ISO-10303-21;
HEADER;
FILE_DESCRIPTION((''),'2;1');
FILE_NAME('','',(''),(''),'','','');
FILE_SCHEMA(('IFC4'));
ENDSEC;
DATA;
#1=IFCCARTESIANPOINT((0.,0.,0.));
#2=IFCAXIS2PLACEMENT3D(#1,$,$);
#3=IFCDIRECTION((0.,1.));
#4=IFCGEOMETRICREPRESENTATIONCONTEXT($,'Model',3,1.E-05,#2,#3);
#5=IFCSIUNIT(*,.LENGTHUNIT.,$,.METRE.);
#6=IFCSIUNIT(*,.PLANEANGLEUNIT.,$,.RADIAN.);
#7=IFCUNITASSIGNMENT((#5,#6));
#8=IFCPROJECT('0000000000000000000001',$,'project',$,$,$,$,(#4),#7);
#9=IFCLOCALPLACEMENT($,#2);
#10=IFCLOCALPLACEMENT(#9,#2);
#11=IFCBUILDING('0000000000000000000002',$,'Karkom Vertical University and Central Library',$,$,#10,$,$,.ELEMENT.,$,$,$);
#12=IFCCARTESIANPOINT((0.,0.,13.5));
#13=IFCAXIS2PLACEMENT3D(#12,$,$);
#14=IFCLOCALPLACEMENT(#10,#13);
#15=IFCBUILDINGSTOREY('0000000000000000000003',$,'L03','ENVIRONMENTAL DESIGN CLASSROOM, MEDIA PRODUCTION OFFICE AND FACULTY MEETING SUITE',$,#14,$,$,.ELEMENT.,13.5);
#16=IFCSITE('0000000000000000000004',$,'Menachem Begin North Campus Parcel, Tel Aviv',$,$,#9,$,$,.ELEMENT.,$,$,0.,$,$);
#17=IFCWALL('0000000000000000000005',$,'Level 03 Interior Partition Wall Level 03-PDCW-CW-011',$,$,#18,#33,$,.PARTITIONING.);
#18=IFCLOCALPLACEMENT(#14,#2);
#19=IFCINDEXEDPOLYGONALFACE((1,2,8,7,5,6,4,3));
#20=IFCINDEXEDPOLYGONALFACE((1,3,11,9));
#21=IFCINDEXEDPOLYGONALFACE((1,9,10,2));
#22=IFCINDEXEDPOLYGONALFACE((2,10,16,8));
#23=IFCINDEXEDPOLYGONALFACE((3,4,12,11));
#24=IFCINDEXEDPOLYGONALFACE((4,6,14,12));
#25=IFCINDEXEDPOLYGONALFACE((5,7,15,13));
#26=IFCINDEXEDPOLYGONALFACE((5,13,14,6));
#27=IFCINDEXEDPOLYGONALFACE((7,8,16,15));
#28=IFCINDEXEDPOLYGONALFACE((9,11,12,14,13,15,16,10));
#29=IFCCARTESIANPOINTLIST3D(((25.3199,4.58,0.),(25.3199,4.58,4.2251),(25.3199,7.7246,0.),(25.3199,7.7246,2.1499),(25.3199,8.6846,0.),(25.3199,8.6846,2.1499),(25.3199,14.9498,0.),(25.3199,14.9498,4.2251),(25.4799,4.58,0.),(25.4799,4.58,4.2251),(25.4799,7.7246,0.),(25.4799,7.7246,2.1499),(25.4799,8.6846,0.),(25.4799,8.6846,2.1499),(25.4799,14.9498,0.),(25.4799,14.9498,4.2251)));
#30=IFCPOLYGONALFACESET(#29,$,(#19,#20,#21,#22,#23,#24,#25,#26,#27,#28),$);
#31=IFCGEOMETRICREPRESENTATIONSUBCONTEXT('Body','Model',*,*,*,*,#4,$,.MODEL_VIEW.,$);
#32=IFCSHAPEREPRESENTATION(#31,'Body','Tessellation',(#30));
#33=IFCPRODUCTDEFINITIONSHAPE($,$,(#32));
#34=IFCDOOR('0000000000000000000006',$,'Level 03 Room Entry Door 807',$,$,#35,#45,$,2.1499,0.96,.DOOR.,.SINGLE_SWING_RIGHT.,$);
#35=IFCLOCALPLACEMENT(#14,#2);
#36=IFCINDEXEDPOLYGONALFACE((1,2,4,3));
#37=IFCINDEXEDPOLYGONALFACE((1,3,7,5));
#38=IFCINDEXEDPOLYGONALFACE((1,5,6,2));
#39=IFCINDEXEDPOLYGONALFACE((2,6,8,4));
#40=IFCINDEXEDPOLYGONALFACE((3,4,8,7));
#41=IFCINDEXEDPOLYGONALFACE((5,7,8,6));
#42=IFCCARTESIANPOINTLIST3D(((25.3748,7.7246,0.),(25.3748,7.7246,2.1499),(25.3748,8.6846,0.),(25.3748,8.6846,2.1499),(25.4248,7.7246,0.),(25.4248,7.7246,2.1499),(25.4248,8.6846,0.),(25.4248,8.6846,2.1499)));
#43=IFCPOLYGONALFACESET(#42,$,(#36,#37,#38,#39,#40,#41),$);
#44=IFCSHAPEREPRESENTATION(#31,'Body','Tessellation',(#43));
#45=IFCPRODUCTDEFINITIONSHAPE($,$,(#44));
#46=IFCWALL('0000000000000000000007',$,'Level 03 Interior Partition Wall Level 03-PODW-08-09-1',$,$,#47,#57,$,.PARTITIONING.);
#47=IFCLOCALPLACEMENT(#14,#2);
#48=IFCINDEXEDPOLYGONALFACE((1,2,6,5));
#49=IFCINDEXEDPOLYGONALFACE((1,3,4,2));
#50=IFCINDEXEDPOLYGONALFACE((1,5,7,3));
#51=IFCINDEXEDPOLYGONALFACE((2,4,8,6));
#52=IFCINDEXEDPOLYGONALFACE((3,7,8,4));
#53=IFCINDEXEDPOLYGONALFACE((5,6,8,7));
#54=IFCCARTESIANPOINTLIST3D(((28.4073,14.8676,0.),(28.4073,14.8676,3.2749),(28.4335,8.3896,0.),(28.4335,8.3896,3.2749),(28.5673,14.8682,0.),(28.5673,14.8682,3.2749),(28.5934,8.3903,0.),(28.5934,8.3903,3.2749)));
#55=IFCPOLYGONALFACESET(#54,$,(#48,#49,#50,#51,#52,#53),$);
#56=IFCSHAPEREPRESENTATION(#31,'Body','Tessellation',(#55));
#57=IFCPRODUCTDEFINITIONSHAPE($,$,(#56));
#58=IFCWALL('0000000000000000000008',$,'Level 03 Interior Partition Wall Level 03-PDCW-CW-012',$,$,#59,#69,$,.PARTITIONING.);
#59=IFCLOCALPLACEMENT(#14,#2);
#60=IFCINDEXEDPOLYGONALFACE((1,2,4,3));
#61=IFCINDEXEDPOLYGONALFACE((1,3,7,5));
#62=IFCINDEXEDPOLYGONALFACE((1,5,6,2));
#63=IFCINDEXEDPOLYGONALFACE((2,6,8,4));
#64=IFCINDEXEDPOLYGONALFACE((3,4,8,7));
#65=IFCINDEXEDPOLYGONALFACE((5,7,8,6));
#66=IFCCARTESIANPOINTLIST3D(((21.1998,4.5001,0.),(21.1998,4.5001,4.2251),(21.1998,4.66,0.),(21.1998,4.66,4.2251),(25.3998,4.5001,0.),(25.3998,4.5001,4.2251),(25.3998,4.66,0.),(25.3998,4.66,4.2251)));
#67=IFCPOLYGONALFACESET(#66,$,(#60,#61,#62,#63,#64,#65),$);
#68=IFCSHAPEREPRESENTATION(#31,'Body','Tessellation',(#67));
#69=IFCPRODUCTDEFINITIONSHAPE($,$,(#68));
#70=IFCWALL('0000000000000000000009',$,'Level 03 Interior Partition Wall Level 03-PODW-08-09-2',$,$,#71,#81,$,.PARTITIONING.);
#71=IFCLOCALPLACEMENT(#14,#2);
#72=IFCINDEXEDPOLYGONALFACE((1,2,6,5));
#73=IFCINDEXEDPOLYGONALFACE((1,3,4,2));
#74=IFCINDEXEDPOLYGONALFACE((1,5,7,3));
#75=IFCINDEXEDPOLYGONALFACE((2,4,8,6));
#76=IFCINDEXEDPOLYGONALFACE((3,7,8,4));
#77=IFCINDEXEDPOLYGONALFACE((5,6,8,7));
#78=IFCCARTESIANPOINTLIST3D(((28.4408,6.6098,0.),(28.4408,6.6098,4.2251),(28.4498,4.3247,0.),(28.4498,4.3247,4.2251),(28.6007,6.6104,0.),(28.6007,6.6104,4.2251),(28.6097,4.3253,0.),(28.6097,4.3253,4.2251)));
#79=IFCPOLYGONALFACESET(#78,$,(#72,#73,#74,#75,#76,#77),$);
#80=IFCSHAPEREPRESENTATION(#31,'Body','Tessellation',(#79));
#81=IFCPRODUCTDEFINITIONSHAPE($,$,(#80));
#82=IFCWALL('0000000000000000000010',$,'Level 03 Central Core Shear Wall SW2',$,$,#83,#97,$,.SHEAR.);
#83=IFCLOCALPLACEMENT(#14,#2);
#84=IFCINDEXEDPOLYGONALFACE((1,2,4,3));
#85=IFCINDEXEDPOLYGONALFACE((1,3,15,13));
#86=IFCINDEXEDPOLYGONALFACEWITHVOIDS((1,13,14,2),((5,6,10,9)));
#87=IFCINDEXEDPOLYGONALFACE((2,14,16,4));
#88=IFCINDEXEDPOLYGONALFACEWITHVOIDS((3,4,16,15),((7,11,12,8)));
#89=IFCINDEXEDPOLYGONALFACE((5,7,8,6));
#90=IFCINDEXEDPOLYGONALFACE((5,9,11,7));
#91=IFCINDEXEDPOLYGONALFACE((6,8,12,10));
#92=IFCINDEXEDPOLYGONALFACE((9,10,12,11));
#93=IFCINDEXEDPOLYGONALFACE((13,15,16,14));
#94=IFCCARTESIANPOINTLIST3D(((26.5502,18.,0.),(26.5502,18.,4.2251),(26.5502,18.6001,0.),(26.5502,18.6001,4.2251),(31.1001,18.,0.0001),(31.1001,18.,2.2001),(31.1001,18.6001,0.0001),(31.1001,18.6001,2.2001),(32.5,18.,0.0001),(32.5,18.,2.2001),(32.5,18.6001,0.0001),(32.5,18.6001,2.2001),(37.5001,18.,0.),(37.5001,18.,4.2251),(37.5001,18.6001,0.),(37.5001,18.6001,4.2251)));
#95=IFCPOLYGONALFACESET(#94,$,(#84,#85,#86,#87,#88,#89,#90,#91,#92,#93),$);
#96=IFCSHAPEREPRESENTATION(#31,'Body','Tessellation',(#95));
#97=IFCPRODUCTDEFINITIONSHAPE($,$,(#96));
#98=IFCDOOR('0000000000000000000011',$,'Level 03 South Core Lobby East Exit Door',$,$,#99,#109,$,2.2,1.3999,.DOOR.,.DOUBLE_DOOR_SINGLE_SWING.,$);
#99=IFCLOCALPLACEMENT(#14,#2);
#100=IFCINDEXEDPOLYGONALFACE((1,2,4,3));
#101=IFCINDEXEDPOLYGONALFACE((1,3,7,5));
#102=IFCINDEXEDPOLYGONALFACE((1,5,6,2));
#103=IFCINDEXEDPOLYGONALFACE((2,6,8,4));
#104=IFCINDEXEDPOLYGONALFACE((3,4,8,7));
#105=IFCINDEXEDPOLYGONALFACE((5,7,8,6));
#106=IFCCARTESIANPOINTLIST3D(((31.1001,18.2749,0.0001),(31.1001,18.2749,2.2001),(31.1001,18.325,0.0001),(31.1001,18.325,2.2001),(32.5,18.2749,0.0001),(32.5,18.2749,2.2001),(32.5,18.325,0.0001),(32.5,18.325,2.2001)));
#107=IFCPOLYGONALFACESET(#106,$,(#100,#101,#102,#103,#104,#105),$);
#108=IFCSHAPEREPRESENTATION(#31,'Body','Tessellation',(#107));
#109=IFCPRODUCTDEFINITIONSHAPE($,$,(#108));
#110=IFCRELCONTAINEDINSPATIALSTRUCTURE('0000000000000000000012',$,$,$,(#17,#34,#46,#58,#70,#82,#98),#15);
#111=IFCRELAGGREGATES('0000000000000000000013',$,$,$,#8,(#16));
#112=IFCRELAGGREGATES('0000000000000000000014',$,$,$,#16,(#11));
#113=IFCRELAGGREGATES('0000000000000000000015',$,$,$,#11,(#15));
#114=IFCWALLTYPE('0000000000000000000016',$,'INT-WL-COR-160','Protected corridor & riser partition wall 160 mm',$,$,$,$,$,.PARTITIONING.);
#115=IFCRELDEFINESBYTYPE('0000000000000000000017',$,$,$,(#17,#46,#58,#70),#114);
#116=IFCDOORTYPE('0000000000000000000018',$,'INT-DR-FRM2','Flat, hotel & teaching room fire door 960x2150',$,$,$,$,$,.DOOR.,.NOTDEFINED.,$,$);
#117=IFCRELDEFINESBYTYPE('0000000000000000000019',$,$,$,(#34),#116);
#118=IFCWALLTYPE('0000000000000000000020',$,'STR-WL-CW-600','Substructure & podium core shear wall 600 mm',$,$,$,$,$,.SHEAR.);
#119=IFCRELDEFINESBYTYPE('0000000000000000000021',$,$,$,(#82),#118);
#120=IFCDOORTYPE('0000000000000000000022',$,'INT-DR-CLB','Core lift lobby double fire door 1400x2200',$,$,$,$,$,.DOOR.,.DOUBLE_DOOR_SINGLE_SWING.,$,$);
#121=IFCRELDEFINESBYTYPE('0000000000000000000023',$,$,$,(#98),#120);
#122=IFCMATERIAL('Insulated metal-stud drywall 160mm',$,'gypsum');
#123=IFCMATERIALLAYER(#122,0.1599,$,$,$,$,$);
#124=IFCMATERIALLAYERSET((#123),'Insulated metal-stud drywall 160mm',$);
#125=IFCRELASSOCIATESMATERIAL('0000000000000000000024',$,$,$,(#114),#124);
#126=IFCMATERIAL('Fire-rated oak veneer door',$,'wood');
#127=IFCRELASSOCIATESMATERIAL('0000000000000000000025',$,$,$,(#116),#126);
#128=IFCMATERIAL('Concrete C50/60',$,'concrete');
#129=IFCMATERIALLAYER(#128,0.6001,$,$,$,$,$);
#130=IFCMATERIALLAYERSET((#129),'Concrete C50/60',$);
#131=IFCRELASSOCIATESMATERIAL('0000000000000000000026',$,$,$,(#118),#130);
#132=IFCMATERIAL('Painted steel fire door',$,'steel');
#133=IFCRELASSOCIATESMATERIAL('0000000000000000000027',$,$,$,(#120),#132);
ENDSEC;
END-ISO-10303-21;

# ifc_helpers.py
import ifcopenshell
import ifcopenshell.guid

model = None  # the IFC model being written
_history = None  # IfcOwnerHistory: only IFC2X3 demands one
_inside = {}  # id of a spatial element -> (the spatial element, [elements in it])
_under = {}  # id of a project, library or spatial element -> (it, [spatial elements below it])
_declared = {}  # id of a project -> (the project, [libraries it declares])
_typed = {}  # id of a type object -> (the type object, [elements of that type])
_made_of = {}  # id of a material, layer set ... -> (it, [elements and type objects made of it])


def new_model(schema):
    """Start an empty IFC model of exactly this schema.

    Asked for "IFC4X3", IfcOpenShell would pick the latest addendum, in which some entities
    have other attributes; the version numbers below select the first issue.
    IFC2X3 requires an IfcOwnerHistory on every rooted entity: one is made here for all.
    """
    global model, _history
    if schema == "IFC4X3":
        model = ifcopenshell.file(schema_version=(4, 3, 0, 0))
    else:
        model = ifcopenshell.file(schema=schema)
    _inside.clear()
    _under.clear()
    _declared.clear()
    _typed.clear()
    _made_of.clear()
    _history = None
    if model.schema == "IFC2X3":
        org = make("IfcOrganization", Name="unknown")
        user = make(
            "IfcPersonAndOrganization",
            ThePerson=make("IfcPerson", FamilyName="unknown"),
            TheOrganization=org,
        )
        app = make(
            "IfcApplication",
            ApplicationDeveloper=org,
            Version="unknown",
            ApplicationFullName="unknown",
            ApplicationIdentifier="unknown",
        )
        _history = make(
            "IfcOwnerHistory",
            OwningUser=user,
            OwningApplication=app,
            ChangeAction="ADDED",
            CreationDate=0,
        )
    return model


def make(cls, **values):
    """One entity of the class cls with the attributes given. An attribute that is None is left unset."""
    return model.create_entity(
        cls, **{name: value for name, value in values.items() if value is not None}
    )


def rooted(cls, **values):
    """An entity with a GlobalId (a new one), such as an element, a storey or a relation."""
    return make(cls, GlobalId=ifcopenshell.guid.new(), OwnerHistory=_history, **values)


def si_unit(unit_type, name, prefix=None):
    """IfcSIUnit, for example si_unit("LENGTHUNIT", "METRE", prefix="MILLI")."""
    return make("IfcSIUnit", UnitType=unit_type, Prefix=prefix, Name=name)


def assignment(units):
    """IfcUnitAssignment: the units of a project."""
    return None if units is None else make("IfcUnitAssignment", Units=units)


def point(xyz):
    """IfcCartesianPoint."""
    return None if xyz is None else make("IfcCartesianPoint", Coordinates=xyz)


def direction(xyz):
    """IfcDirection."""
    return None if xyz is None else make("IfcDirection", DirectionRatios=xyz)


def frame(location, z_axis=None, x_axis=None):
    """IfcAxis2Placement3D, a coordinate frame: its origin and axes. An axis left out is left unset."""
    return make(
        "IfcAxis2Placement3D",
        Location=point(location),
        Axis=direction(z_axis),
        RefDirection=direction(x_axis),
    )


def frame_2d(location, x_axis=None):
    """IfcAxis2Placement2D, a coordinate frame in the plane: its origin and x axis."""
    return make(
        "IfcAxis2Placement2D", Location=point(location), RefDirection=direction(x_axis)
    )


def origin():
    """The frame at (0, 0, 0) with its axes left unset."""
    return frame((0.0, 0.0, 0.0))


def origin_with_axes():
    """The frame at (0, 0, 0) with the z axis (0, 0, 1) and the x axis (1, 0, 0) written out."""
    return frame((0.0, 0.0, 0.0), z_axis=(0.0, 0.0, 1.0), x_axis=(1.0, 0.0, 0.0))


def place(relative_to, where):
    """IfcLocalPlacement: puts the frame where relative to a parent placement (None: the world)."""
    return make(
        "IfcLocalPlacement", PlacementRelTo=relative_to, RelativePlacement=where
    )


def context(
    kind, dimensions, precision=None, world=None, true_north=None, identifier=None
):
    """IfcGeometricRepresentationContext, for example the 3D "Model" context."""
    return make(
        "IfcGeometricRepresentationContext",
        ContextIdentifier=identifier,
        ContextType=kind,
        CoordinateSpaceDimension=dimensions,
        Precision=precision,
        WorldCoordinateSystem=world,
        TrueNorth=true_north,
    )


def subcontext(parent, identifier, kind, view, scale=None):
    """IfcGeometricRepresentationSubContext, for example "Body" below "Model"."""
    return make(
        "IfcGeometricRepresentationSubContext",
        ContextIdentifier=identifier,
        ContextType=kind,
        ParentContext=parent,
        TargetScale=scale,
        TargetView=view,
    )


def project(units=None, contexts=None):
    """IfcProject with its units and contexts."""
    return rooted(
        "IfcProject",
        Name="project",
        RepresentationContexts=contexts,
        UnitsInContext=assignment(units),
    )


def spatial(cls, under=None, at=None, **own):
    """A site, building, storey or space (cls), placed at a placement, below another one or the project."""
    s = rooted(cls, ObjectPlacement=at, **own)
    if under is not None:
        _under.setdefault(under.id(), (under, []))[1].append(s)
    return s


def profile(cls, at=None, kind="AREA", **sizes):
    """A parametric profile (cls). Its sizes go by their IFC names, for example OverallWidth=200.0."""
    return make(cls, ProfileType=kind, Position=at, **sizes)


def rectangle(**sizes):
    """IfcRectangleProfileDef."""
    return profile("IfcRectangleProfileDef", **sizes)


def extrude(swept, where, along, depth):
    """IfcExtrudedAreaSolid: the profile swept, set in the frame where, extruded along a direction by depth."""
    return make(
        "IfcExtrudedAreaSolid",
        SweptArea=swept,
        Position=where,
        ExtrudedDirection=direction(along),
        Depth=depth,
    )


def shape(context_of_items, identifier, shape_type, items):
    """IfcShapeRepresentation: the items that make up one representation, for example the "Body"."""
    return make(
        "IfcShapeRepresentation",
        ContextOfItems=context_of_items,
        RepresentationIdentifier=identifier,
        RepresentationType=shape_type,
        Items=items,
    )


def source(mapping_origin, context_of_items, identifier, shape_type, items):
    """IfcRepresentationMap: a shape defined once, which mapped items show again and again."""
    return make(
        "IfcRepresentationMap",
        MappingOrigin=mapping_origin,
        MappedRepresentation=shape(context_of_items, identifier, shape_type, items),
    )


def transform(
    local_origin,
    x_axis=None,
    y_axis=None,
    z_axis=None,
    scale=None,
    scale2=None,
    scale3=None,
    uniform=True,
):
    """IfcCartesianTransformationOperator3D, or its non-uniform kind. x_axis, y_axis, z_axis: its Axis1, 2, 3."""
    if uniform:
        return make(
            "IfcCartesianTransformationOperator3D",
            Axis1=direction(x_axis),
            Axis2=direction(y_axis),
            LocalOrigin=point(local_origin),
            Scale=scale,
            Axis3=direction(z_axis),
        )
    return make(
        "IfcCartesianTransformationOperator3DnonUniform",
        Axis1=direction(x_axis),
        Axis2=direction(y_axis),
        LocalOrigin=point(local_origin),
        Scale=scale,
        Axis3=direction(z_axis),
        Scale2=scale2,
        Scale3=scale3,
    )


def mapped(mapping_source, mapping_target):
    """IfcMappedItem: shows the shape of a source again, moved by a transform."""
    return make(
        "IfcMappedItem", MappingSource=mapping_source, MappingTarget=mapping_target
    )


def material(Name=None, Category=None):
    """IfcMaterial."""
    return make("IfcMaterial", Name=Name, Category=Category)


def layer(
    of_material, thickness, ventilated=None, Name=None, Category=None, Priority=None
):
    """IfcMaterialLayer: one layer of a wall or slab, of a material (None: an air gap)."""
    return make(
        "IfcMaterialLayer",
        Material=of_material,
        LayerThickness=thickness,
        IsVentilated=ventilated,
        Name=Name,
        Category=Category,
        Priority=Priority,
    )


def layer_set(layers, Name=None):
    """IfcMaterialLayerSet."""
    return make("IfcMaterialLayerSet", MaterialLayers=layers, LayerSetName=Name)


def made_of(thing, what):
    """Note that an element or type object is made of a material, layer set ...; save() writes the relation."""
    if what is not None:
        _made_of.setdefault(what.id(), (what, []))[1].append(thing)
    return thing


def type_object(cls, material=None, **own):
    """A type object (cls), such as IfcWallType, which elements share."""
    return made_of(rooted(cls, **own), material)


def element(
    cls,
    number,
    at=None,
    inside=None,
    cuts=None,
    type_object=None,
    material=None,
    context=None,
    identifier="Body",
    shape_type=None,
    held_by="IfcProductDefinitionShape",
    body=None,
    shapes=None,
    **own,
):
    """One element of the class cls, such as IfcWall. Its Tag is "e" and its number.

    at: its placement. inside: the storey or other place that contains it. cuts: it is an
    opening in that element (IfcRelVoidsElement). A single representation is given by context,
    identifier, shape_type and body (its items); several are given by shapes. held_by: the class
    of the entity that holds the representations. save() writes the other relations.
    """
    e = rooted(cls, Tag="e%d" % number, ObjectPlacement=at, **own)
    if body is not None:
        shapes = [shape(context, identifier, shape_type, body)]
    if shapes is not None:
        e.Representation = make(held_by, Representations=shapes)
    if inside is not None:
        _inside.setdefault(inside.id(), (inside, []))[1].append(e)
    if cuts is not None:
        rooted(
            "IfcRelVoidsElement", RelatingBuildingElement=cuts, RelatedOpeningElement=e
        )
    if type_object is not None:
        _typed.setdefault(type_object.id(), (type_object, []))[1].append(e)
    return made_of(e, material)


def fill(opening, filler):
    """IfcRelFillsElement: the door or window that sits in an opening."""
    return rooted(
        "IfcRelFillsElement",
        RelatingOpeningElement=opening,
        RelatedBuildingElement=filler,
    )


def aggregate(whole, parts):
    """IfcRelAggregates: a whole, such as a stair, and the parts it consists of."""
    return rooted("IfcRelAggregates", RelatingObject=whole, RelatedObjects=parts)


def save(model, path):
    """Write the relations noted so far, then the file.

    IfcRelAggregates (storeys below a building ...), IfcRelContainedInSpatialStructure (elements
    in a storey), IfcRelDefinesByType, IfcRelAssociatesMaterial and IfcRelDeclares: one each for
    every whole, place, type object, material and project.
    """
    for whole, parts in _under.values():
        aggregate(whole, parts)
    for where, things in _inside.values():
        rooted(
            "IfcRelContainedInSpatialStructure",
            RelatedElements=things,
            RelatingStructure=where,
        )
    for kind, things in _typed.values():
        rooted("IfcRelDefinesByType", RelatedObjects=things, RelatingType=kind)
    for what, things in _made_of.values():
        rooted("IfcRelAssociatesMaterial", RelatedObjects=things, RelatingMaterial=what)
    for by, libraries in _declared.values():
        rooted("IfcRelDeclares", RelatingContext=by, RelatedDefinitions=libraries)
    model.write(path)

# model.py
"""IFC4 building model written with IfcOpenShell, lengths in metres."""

from ifc_helpers import new_model, si_unit, direction, frame, frame_2d, origin, origin_with_axes, place, context, subcontext, project, spatial, rectangle, extrude, source, transform, mapped, material, layer, layer_set, type_object, element, fill, save


model = new_model("IFC4")

# Units and contexts
model_context = context("Model", 3, precision=1e-05, world=origin(), true_north=direction((0.0, 1.0)))
body_context = subcontext(model_context, "Body", "Model", "MODEL_VIEW")
ifc_project = project(units=[si_unit("LENGTHUNIT", "METRE"), si_unit("PLANEANGLEUNIT", "RADIAN")], contexts=[model_context])

# Site, building, storey
site_placement = place(None, origin())
site = spatial("IfcSite", under=ifc_project, at=site_placement, Name="Menachem Begin North Campus Parcel, Tel Aviv", CompositionType="ELEMENT", RefElevation=0.0)
building_placement = place(site_placement, origin())
building = spatial("IfcBuilding", under=site, at=building_placement, Name="Karkom Vertical University and Central Library", CompositionType="ELEMENT")
storey_placement = place(building_placement, frame((0.0, 0.0, 13.5)))
storey = spatial("IfcBuildingStorey", under=building, at=storey_placement, Name="L03", Description="ENVIRONMENTAL DESIGN CLASSROOM, MEDIA PRODUCTION OFFICE AND FACULTY MEETING SUITE", CompositionType="ELEMENT", Elevation=13.5)

# Shared definitions
ifc_material_1 = material(Name="Concrete C50/60", Category="concrete")

# Shared definitions
ifc_material_2 = material(Name="Insulated metal-stud drywall 160mm", Category="gypsum")
ifc_layer_1 = layer(ifc_material_2, 0.1599)
ifc_layer_set_1 = layer_set([ifc_layer_1], Name="Insulated metal-stud drywall 160mm")
wall_type_1 = type_object("IfcWallType", Name="INT-WL-COR-160", Description="Protected corridor & riser partition wall 160 mm", PredefinedType="PARTITIONING", material=ifc_layer_set_1)

# Wall, opening, door
ifc_material_3 = material(Name="Fire-rated oak veneer door", Category="wood")
door_type_1 = type_object("IfcDoorType", Name="INT-DR-FRM2", Description="Flat, hotel & teaching room fire door 960x2150", OperationType="NOTDEFINED", PredefinedType="DOOR", material=ifc_material_3)
shared_shape_1 = source(origin_with_axes(), body_context, "Body", "SweptSolid", [
    extrude(rectangle(XDim=0.96, YDim=2.1499, at=frame_2d((0.48, 1.075))), frame((0.0, 0.0249, 0.0), z_axis=(0.0, -1.0, 0.0), x_axis=(1.0, 0.0, 0.0)), (0.0, 0.0, 1.0), 0.05),
])
wall_1_placement = place(storey_placement, frame((25.3999, 14.95, 0.0), z_axis=(0.0, 0.0, 1.0), x_axis=(0.0, -1.0, 0.0)))
wall_1 = element("IfcWall", 1, at=wall_1_placement, inside=storey, type_object=wall_type_1, Name="Level 03 Interior Partition Wall Level 03-PDCW-CW-011", PredefinedType="PARTITIONING", context=body_context, shape_type="SweptSolid", body=[
    extrude(rectangle(XDim=10.3699, YDim=0.1599, at=frame_2d((5.1851, 0.0))), origin(), (0.0, 0.0, 1.0), 4.2251),
])
opening_1_placement = place(wall_1_placement, frame((6.2654, 0.0, 0.0)))
opening_1 = element("IfcOpeningElement", 2, at=opening_1_placement, cuts=wall_1, PredefinedType="OPENING", context=body_context, shape_type="SweptSolid", body=[
    extrude(rectangle(XDim=0.96, YDim=2.1499, at=frame_2d((0.48, 1.075))), frame((0.0, 0.0898, 0.0), z_axis=(0.0, -1.0, 0.0), x_axis=(1.0, 0.0, 0.0)), (0.0, 0.0, 1.0), 0.1799),
])
door_1_placement = place(opening_1_placement, origin())
door_1 = element("IfcDoor", 3, at=door_1_placement, inside=storey, type_object=door_type_1, Name="Level 03 Room Entry Door 807", OperationType="SINGLE_SWING_RIGHT", OverallHeight=2.1499, OverallWidth=0.96, PredefinedType="DOOR", context=body_context, shape_type="MappedRepresentation", body=[
    mapped(shared_shape_1, transform((0.0, 0.0, 0.0), scale=1.0)),
])
fill(opening_1, door_1)

# Walls
wall_2_placement = place(storey_placement, frame((28.4873, 14.8679, 0.0), z_axis=(0.0, 0.0, 1.0), x_axis=(0.004033, -0.999992, 0.0)))
element("IfcWall", 4, at=wall_2_placement, inside=storey, type_object=wall_type_1, Name="Level 03 Interior Partition Wall Level 03-PODW-08-09-1", PredefinedType="PARTITIONING", context=body_context, shape_type="SweptSolid", body=[
    extrude(rectangle(XDim=6.478, YDim=0.1599, at=frame_2d((3.239, 0.0))), origin(), (0.0, 0.0, 1.0), 3.2749),
])
wall_3_placement = place(storey_placement, frame((25.3999, 4.5801, 0.0), z_axis=(0.0, 0.0, 1.0), x_axis=(-1.0, 0.0, 0.0)))
element("IfcWall", 5, at=wall_3_placement, inside=storey, type_object=wall_type_1, Name="Level 03 Interior Partition Wall Level 03-PDCW-CW-012", PredefinedType="PARTITIONING", context=body_context, shape_type="SweptSolid", body=[
    extrude(rectangle(XDim=4.2, YDim=0.1599, at=frame_2d((2.1001, 0.0))), origin(), (0.0, 0.0, 1.0), 4.2251),
])
wall_4_placement = place(storey_placement, frame((28.5208, 6.6101, 0.0), z_axis=(0.0, 0.0, 1.0), x_axis=(0.003953, -0.999992, 0.0)))
element("IfcWall", 6, at=wall_4_placement, inside=storey, type_object=wall_type_1, Name="Level 03 Interior Partition Wall Level 03-PODW-08-09-2", PredefinedType="PARTITIONING", context=body_context, shape_type="SweptSolid", body=[
    extrude(rectangle(XDim=2.2852, YDim=0.1599, at=frame_2d((1.1426, 0.0))), origin(), (0.0, 0.0, 1.0), 4.2251),
])

# Wall, opening, door
ifc_layer_2 = layer(ifc_material_1, 0.6001)
ifc_layer_set_2 = layer_set([ifc_layer_2], Name="Concrete C50/60")
wall_type_2 = type_object("IfcWallType", Name="STR-WL-CW-600", Description="Substructure & podium core shear wall 600 mm", PredefinedType="SHEAR", material=ifc_layer_set_2)
wall_5_placement = place(storey_placement, frame((26.55, 18.3, 0.0), z_axis=(0.0, 0.0, 1.0), x_axis=(1.0, 0.0, 0.0)))
wall_5 = element("IfcWall", 7, at=wall_5_placement, inside=storey, type_object=wall_type_2, Name="Level 03 Central Core Shear Wall SW2", PredefinedType="SHEAR", context=body_context, shape_type="SweptSolid", body=[
    extrude(rectangle(XDim=10.95, YDim=0.6001, at=frame_2d((5.4751, 0.0))), origin(), (0.0, 0.0, 1.0), 4.2251),
])
opening_2_placement = place(wall_5_placement, frame((4.55, 0.0, 0.0)))
opening_2 = element("IfcOpeningElement", 8, at=opening_2_placement, cuts=wall_5, PredefinedType="OPENING", context=body_context, shape_type="SweptSolid", body=[
    extrude(rectangle(XDim=1.3999, YDim=2.2, at=frame_2d((0.7, 1.1001))), frame((0.0, 0.3101, 0.0), z_axis=(0.0, -1.0, 0.0), x_axis=(1.0, 0.0, 0.0)), (0.0, 0.0, 1.0), 0.6201),
])
ifc_material_4 = material(Name="Painted steel fire door", Category="steel")
door_type_2 = type_object("IfcDoorType", Name="INT-DR-CLB", Description="Core lift lobby double fire door 1400x2200", OperationType="DOUBLE_DOOR_SINGLE_SWING", PredefinedType="DOOR", material=ifc_material_4)
shared_shape_2 = source(origin_with_axes(), body_context, "Body", "SweptSolid", [
    extrude(rectangle(XDim=1.3999, YDim=2.2, at=frame_2d((0.7, 1.1001))), frame((0.0, 0.0249, 0.0), z_axis=(0.0, -1.0, 0.0), x_axis=(1.0, 0.0, 0.0)), (0.0, 0.0, 1.0), 0.05),
])
door_2_placement = place(opening_2_placement, origin())
door_2 = element("IfcDoor", 9, at=door_2_placement, inside=storey, type_object=door_type_2, Name="Level 03 South Core Lobby East Exit Door", OperationType="DOUBLE_DOOR_SINGLE_SWING", OverallHeight=2.2, OverallWidth=1.3999, PredefinedType="DOOR", context=body_context, shape_type="MappedRepresentation", body=[
    mapped(shared_shape_2, transform((0.0, 0.0, 0.0), scale=1.0)),
])
fill(opening_2, door_2)

save(model, "model.ifc")
